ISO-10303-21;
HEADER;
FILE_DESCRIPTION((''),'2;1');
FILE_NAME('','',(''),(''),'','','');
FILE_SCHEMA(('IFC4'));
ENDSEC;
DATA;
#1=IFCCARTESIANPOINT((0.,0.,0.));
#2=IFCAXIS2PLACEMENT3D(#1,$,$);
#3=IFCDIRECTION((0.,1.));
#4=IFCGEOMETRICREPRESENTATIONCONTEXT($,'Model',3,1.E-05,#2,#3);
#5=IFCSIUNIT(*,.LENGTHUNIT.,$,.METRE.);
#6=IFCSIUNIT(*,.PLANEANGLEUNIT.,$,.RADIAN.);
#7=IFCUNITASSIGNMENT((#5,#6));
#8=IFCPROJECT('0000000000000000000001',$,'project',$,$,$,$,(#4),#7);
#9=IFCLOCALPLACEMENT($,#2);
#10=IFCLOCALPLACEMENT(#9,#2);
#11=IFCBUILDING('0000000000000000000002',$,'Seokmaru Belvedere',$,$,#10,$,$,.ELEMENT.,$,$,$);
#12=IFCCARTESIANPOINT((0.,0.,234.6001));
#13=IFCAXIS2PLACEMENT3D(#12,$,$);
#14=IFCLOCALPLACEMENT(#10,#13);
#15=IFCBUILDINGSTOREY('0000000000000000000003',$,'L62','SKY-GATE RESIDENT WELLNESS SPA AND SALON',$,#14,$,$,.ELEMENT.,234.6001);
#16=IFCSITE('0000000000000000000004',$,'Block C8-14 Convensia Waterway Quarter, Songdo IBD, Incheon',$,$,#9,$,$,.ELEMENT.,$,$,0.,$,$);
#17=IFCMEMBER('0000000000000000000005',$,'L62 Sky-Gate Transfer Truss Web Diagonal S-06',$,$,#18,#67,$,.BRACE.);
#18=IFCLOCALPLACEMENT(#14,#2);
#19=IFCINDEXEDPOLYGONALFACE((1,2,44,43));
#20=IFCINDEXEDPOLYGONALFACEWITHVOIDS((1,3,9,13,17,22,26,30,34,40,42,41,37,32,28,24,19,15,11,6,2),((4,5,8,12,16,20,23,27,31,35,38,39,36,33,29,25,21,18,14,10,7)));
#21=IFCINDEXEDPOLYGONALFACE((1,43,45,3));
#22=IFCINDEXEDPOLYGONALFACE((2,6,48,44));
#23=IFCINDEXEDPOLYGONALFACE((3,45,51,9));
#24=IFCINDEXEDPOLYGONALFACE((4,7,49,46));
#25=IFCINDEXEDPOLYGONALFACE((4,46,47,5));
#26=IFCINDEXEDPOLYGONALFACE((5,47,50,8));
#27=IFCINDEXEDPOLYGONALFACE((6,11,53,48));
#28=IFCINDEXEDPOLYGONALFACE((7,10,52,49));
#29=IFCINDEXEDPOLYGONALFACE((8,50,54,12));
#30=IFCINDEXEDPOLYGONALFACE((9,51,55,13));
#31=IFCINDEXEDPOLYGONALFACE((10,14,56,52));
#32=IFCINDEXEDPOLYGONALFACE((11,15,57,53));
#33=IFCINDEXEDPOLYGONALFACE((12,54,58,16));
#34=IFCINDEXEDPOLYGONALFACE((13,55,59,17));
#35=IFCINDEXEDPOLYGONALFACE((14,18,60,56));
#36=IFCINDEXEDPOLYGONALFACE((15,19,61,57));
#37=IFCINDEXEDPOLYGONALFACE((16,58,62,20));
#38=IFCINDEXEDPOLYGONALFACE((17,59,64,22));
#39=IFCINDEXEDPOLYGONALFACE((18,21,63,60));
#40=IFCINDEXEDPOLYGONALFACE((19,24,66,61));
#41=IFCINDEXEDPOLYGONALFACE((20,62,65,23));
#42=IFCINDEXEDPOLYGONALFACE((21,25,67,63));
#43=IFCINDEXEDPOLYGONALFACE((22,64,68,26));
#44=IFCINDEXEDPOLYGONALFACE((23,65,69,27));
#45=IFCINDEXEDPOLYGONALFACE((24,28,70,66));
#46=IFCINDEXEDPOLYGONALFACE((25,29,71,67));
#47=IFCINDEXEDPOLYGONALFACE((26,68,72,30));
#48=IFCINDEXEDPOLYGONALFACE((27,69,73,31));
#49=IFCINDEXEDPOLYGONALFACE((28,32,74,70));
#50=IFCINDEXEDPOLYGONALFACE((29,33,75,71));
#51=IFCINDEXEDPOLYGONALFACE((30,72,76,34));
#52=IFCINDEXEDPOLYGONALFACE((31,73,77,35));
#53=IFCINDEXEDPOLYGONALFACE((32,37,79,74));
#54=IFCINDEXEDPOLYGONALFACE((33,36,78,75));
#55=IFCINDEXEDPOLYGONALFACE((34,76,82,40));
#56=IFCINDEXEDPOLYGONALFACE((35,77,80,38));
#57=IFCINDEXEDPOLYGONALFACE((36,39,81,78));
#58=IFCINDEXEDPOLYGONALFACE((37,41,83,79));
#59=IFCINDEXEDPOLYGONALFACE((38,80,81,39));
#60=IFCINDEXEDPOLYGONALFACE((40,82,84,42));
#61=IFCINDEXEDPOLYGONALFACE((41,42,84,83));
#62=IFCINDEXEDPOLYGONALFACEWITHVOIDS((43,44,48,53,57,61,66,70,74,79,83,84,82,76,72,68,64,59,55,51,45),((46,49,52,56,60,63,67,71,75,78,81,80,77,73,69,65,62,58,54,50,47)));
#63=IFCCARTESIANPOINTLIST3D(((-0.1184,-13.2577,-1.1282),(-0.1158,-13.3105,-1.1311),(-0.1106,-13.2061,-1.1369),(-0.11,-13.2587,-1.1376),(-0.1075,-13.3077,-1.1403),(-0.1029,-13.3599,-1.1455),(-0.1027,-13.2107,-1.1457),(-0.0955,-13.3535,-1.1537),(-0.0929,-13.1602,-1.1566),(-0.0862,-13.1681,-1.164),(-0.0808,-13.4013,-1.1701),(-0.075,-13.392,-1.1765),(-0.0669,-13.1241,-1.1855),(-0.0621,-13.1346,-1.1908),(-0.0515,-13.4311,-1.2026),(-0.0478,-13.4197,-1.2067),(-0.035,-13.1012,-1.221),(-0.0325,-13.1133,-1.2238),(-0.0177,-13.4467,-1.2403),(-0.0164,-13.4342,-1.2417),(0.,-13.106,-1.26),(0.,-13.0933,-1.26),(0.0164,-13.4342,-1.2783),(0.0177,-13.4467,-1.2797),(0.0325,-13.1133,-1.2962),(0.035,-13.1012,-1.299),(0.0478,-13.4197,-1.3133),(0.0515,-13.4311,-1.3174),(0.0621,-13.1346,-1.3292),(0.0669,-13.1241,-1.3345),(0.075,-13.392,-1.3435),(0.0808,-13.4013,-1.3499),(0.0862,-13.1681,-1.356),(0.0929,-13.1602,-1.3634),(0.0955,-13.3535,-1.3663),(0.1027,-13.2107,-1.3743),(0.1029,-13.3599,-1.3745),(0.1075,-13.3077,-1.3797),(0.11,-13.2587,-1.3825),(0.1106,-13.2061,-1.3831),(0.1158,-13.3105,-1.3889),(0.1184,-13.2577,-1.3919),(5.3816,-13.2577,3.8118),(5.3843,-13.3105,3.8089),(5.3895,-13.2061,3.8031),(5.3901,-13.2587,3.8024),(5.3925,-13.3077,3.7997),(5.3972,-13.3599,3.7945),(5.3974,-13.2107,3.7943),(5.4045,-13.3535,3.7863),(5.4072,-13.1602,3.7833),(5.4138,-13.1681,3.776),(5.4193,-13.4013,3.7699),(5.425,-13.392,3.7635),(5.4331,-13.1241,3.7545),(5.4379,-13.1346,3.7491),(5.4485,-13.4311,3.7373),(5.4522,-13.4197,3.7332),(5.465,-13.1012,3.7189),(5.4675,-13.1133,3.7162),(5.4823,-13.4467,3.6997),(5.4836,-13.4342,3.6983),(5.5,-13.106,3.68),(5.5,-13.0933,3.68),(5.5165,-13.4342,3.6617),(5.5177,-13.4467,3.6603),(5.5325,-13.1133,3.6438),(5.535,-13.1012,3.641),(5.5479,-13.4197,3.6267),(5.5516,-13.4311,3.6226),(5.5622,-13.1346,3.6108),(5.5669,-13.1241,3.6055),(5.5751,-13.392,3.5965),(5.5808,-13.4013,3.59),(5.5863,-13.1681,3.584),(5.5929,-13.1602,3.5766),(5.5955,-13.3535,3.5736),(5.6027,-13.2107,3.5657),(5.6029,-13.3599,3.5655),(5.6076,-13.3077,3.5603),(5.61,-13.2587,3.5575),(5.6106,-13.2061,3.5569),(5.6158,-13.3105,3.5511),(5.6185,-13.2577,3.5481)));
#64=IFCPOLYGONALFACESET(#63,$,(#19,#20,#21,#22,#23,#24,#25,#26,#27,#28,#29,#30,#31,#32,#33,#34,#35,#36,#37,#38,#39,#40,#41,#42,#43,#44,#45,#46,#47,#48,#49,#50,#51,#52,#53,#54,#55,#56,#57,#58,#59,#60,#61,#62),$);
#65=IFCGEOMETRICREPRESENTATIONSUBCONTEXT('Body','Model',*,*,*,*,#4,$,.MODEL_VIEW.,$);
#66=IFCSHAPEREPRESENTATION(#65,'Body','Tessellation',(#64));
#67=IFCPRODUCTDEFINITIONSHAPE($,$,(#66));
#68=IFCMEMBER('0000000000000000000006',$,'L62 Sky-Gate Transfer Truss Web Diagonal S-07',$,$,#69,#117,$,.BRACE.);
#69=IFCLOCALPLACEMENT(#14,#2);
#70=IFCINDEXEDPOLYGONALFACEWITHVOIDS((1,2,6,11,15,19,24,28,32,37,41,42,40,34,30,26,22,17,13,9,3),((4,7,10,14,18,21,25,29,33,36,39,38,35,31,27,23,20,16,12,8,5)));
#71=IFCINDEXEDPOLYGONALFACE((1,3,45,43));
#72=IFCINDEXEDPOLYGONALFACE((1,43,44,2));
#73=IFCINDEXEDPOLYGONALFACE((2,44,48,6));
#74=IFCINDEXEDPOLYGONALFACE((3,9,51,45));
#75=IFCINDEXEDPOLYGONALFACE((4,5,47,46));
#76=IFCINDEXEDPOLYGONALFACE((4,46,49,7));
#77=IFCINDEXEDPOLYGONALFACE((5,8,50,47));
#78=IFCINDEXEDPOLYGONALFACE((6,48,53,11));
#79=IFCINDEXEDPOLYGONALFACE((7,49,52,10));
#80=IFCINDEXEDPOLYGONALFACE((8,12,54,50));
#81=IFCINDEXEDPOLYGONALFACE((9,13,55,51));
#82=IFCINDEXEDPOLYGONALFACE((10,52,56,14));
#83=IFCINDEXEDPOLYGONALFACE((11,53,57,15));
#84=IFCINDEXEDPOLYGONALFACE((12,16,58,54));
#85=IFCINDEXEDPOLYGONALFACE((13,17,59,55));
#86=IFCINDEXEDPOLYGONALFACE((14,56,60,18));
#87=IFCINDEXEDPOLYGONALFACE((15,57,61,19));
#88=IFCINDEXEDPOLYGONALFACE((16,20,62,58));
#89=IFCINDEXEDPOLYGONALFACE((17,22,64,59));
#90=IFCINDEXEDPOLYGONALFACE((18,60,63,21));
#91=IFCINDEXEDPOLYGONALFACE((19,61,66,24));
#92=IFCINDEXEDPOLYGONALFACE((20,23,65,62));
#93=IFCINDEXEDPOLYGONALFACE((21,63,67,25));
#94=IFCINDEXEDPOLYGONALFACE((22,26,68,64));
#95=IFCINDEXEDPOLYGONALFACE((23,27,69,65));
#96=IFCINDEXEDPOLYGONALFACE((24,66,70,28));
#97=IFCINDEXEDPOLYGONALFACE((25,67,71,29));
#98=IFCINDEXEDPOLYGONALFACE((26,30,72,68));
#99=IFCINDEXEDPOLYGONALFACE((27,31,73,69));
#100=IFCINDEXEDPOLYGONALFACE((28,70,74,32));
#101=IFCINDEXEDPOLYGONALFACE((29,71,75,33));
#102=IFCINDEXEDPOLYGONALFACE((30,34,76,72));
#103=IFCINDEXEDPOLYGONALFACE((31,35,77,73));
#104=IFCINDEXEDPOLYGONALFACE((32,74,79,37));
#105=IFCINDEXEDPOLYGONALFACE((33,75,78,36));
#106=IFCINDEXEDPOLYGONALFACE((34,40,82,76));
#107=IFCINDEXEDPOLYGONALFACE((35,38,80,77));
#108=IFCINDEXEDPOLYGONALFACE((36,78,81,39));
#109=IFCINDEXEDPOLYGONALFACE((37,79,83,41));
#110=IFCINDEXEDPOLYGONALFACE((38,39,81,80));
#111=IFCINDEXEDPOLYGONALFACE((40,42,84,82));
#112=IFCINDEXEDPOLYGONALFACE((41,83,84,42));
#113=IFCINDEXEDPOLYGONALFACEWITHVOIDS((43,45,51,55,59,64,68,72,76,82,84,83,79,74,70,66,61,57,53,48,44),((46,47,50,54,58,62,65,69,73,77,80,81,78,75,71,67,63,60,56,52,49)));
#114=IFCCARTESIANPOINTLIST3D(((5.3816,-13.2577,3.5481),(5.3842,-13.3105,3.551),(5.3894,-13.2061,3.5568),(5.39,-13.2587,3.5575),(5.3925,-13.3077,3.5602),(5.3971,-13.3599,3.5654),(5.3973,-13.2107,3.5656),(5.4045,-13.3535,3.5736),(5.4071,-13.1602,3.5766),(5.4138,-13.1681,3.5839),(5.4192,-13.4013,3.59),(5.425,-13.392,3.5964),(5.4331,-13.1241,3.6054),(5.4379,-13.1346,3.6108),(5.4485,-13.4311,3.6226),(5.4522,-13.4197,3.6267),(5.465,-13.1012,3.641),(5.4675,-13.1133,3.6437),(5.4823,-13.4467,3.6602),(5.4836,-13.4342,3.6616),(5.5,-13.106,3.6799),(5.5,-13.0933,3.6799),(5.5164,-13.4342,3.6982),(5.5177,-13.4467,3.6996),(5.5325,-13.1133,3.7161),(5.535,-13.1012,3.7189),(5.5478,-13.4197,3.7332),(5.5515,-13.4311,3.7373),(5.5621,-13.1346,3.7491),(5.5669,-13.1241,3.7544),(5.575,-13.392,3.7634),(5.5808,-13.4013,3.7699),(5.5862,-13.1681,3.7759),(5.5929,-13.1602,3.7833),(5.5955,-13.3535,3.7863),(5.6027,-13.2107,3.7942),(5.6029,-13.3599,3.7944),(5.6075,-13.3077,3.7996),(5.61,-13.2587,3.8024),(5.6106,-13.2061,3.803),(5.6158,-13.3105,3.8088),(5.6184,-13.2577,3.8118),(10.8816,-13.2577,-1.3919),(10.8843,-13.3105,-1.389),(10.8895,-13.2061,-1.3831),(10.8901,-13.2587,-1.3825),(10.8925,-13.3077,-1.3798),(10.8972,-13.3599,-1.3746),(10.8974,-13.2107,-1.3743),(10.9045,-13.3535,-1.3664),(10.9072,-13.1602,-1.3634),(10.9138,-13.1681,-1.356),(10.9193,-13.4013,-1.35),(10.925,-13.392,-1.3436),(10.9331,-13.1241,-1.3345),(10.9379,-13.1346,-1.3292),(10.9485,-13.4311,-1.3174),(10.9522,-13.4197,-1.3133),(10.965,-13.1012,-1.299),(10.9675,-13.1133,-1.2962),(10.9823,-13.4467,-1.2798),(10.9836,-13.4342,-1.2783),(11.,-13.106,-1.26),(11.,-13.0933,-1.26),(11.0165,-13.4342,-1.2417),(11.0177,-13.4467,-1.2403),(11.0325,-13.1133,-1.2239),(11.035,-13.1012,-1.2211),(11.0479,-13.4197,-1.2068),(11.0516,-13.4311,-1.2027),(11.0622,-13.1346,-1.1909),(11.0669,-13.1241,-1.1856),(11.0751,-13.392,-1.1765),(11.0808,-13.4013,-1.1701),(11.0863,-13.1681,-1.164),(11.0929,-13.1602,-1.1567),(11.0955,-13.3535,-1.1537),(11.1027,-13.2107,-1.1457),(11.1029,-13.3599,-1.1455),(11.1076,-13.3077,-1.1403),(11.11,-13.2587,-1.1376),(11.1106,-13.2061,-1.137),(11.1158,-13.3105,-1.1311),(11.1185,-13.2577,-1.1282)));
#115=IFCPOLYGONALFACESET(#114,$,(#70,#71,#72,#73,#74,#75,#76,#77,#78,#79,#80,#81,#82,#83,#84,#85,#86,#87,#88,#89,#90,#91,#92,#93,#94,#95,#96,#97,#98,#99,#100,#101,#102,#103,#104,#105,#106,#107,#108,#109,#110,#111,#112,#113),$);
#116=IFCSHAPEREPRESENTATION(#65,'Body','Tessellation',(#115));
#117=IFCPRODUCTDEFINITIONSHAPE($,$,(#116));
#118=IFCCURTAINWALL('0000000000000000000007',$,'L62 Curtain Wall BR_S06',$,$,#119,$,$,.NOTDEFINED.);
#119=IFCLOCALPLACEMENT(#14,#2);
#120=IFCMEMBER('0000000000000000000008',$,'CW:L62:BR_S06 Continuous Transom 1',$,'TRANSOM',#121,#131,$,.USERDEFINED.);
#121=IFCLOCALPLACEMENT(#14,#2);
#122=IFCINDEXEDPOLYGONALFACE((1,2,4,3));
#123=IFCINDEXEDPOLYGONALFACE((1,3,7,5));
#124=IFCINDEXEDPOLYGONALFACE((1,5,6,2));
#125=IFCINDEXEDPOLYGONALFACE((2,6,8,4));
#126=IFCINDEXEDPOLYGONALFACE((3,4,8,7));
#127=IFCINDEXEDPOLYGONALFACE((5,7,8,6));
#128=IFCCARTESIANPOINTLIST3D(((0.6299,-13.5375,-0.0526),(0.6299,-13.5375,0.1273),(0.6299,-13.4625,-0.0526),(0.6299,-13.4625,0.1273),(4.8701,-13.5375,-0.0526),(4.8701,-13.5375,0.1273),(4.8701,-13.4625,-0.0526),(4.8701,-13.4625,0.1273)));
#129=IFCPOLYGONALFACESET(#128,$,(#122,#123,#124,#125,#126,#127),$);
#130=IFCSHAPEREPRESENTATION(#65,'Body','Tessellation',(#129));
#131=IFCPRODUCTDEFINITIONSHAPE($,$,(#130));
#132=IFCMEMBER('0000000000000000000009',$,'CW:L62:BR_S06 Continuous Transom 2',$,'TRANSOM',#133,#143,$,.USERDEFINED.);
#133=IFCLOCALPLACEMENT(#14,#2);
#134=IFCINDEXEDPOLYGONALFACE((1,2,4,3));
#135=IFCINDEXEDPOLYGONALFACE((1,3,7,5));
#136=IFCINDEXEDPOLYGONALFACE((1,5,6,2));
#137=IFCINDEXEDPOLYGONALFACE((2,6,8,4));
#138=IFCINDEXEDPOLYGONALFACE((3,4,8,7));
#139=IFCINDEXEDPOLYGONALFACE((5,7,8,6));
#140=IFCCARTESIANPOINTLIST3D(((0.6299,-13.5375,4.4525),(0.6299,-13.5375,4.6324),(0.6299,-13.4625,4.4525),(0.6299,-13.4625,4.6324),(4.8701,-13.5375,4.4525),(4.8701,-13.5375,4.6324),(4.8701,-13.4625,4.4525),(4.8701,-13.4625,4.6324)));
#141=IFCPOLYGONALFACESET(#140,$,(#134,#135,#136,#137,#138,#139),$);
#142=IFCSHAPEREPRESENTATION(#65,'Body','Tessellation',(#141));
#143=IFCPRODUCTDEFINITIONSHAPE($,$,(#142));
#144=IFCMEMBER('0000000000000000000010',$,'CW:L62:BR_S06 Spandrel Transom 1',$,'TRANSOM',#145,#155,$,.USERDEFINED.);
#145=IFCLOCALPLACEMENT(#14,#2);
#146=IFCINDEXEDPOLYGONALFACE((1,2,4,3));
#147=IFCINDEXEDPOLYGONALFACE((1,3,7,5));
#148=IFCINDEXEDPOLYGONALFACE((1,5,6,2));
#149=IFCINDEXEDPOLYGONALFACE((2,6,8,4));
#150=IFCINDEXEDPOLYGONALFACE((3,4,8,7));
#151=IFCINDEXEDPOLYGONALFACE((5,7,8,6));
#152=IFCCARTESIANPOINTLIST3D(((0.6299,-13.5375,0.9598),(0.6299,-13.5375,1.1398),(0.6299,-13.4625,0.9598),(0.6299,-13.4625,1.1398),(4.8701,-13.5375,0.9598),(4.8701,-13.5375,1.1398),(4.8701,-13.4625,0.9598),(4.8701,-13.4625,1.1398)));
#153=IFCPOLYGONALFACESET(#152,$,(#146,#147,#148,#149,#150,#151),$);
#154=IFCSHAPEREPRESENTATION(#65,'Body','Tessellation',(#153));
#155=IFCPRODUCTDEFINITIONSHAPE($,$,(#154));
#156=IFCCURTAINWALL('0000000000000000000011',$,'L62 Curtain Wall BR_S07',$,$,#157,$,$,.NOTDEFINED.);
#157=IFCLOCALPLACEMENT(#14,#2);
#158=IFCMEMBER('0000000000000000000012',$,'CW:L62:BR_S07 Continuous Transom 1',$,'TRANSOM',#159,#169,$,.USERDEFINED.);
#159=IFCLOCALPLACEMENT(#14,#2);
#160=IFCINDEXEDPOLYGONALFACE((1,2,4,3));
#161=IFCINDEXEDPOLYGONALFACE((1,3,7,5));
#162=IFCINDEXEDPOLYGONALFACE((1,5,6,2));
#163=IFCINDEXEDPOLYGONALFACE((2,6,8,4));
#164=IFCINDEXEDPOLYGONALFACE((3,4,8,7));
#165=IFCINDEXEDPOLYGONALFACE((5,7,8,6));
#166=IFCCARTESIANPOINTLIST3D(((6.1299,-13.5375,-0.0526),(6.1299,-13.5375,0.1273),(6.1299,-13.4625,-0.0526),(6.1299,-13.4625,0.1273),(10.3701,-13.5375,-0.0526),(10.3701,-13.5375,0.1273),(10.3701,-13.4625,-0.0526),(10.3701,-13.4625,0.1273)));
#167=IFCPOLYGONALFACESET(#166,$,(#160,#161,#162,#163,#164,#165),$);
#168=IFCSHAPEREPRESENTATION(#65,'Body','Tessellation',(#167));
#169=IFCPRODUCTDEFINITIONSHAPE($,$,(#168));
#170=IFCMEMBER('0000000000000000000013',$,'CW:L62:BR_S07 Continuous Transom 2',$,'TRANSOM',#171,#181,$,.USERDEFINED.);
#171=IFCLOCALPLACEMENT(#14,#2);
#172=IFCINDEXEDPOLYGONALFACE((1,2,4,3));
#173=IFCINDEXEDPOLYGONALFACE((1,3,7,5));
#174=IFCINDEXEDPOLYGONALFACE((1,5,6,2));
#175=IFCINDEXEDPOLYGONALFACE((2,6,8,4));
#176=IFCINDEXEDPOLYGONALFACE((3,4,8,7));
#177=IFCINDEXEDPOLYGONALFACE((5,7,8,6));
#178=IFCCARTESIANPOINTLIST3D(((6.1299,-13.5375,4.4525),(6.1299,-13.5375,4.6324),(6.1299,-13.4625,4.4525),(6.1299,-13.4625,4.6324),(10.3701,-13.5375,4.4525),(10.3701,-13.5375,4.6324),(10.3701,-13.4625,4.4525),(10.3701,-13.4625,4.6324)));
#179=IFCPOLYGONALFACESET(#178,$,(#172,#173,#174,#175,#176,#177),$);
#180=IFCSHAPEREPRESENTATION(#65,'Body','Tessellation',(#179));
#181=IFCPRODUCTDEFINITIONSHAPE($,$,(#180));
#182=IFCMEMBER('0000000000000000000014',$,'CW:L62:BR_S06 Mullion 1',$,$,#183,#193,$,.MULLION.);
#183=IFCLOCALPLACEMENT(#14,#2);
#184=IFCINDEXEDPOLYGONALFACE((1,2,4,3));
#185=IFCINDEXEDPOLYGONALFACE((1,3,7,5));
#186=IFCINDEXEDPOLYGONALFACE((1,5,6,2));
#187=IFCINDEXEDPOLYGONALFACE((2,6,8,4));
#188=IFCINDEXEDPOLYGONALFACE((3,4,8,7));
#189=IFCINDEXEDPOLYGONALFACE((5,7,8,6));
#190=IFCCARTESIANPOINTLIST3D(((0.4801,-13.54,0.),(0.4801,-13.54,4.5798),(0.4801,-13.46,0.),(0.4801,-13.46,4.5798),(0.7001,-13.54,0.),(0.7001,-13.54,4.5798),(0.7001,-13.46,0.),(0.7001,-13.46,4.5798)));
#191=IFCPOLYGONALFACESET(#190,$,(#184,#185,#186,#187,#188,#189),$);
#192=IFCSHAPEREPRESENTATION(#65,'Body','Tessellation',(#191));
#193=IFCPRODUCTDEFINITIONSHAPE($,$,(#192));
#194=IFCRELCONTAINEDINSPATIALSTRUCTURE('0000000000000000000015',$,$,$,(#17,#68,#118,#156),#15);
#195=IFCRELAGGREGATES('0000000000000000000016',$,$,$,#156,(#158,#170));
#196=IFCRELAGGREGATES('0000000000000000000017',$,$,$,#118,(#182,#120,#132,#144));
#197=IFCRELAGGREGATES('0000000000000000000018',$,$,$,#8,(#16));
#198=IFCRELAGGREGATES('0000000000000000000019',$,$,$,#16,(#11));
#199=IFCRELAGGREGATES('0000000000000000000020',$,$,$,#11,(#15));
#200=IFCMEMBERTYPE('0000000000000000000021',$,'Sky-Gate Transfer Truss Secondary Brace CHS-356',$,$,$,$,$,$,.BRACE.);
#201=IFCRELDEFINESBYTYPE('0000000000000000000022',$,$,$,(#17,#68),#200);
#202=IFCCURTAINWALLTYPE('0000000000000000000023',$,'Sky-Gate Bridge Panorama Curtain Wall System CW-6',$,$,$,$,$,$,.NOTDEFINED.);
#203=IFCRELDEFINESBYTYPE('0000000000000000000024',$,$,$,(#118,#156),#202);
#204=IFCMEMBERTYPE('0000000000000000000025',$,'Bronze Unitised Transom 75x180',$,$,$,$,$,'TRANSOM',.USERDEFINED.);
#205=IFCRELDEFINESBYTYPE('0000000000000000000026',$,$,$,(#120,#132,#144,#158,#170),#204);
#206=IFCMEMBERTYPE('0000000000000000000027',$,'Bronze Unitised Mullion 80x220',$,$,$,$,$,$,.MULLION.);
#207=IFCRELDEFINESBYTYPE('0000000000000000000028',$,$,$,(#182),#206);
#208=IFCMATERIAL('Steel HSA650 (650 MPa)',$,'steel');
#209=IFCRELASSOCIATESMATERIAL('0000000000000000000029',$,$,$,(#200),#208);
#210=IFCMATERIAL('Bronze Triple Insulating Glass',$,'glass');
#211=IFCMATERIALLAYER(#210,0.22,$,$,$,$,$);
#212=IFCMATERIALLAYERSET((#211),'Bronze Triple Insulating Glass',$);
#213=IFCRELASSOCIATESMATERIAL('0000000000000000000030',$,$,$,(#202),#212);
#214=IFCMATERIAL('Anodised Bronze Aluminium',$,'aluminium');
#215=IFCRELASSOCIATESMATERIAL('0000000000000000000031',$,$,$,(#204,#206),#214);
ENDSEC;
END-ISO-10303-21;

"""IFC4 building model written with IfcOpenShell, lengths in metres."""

from ifc_helpers import new_model, si_unit, direction, frame, origin, origin_2d, place, context, subcontext, project, spatial, rectangle, hollow_circle, extrude, source, transform, mapped, material, layer, layer_set, material_profile, profile_set, type_object, type_shapes, element, aggregate, save


model = new_model("IFC4")

# Units and contexts
model_context = context("Model", 3, precision=1e-05, world=origin(), true_north=direction((0.0, 1.0)))
body_context = subcontext(model_context, "Body", "Model", "MODEL_VIEW")
ifc_project = project(units=[si_unit("LENGTHUNIT", "METRE"), si_unit("PLANEANGLEUNIT", "RADIAN")], contexts=[model_context])

# Site, building, storey
site_placement = place(None, origin())
site = spatial("IfcSite", under=ifc_project, at=site_placement, Name="Block C8-14 Convensia Waterway Quarter, Songdo IBD, Incheon", CompositionType="ELEMENT", RefElevation=0.0)
building_placement = place(site_placement, origin())
building = spatial("IfcBuilding", under=site, at=building_placement, Name="Seokmaru Belvedere", CompositionType="ELEMENT")
storey_placement = place(building_placement, frame((0.0, 0.0, 234.6001)))
storey = spatial("IfcBuildingStorey", under=building, at=storey_placement, Name="L62", Description="SKY-GATE RESIDENT WELLNESS SPA AND SALON", CompositionType="ELEMENT", Elevation=234.6001)

# Shared definitions
ifc_material_1 = material(Name="Steel HSA650 (650 MPa)", Category="steel")

# Members
ifc_material_profile_1 = material_profile(ifc_material_1, hollow_circle(Radius=0.1777, WallThickness=0.0127, at=origin_2d()), Name="CHS-355.6x12.7")
ifc_profile_set_1 = profile_set([ifc_material_profile_1], Name="Steel HSA650 (650 MPa)")
member_type_1 = type_object("IfcMemberType", Name="Sky-Gate Transfer Truss Secondary Brace CHS-356", PredefinedType="BRACE", material=ifc_profile_set_1)
shared_shape_1 = source(origin(), body_context, "Body", "SweptSolid", [
    extrude(hollow_circle(Radius=0.1777, WallThickness=0.0127, at=origin_2d()), origin(), (0.0, 0.0, 1.0), 7.3928),
])
type_shapes(member_type_1, [shared_shape_1])
for number, where, z_axis, x_axis, name in (
    (1, (0.0, -13.271, -1.26), (0.74397, 0.0, 0.668213), (0.0, 1.0, 0.0), "L62 Sky-Gate Transfer Truss Web Diagonal S-06"),
    (2, (5.5, -13.271, 3.6799), (0.74397, 0.0, -0.668213), (0.0, 1.0, 0.0), "L62 Sky-Gate Transfer Truss Web Diagonal S-07"),
):
    element("IfcMember", number, at=place(storey_placement, frame(where, z_axis=z_axis, x_axis=x_axis)), inside=storey, type_object=member_type_1, Name=name, PredefinedType="BRACE", context=body_context, shape_type="MappedRepresentation", body=[
        mapped(shared_shape_1, transform((0.0, 0.0, 0.0), scale=1.0)),
    ])

# Curtain walls, members
ifc_material_2 = material(Name="Bronze Triple Insulating Glass", Category="glass")
ifc_layer_1 = layer(ifc_material_2, 0.22)
ifc_layer_set_1 = layer_set([ifc_layer_1], Name="Bronze Triple Insulating Glass")
curtain_wall_type = type_object("IfcCurtainWallType", Name="Sky-Gate Bridge Panorama Curtain Wall System CW-6", PredefinedType="NOTDEFINED", material=ifc_layer_set_1)
curtain_wall_1_placement = place(storey_placement, origin())
curtain_wall_1 = element("IfcCurtainWall", 3, at=curtain_wall_1_placement, inside=storey, type_object=curtain_wall_type, Name="L62 Curtain Wall BR_S06", PredefinedType="NOTDEFINED")
ifc_material_3 = material(Name="Anodised Bronze Aluminium", Category="aluminium")
ifc_material_profile_2 = material_profile(ifc_material_3, rectangle(XDim=0.075, YDim=0.1799, at=origin_2d()), Name="CW-T-75x180")
ifc_profile_set_2 = profile_set([ifc_material_profile_2], Name="Anodised Bronze Aluminium")
member_type_2 = type_object("IfcMemberType", Name="Bronze Unitised Transom 75x180", ElementType="TRANSOM", PredefinedType="USERDEFINED", material=ifc_profile_set_2)
shared_shape_2 = source(origin(), body_context, "Body", "SweptSolid", [
    extrude(rectangle(XDim=0.075, YDim=0.1799, at=origin_2d()), origin(), (0.0, 0.0, 1.0), 4.2402),
])
type_shapes(member_type_2, [shared_shape_2])
member_1_placement = place(storey_placement, frame((0.6299, -13.5, 0.0374), z_axis=(1.0, 0.0, 0.0), x_axis=(0.0, 1.0, 0.0)))
member_1 = element("IfcMember", 4, at=member_1_placement, type_object=member_type_2, Name="CW:L62:BR_S06 Continuous Transom 1", ObjectType="TRANSOM", PredefinedType="USERDEFINED", context=body_context, shape_type="MappedRepresentation", body=[
    mapped(shared_shape_2, transform((0.0, 0.0, 0.0), scale=1.0)),
])
member_2_placement = place(storey_placement, frame((0.6299, -13.5, 4.5425), z_axis=(1.0, 0.0, 0.0), x_axis=(0.0, 1.0, 0.0)))
member_2 = element("IfcMember", 5, at=member_2_placement, type_object=member_type_2, Name="CW:L62:BR_S06 Continuous Transom 2", ObjectType="TRANSOM", PredefinedType="USERDEFINED", context=body_context, shape_type="MappedRepresentation", body=[
    mapped(shared_shape_2, transform((0.0, 0.0, 0.0), scale=1.0)),
])
member_3_placement = place(storey_placement, frame((0.6299, -13.5, 1.0498), z_axis=(1.0, 0.0, 0.0), x_axis=(0.0, 1.0, 0.0)))
member_3 = element("IfcMember", 6, at=member_3_placement, type_object=member_type_2, Name="CW:L62:BR_S06 Spandrel Transom 1", ObjectType="TRANSOM", PredefinedType="USERDEFINED", context=body_context, shape_type="MappedRepresentation", body=[
    mapped(shared_shape_2, transform((0.0, 0.0, 0.0), scale=1.0)),
])
curtain_wall_2_placement = place(storey_placement, origin())
curtain_wall_2 = element("IfcCurtainWall", 7, at=curtain_wall_2_placement, inside=storey, type_object=curtain_wall_type, Name="L62 Curtain Wall BR_S07", PredefinedType="NOTDEFINED")
member_4_placement = place(storey_placement, frame((6.1299, -13.5, 0.0374), z_axis=(1.0, 0.0, 0.0), x_axis=(0.0, 1.0, 0.0)))
member_4 = element("IfcMember", 8, at=member_4_placement, type_object=member_type_2, Name="CW:L62:BR_S07 Continuous Transom 1", ObjectType="TRANSOM", PredefinedType="USERDEFINED", context=body_context, shape_type="MappedRepresentation", body=[
    mapped(shared_shape_2, transform((0.0, 0.0, 0.0), scale=1.0)),
])
member_5_placement = place(storey_placement, frame((6.1299, -13.5, 4.5425), z_axis=(1.0, 0.0, 0.0), x_axis=(0.0, 1.0, 0.0)))
member_5 = element("IfcMember", 9, at=member_5_placement, type_object=member_type_2, Name="CW:L62:BR_S07 Continuous Transom 2", ObjectType="TRANSOM", PredefinedType="USERDEFINED", context=body_context, shape_type="MappedRepresentation", body=[
    mapped(shared_shape_2, transform((0.0, 0.0, 0.0), scale=1.0)),
])

# Member
ifc_material_profile_3 = material_profile(ifc_material_3, rectangle(XDim=0.0801, YDim=0.22, at=origin_2d()), Name="CW-M-80x220")
ifc_profile_set_3 = profile_set([ifc_material_profile_3], Name="Anodised Bronze Aluminium")
member_type_3 = type_object("IfcMemberType", Name="Bronze Unitised Mullion 80x220", PredefinedType="MULLION", material=ifc_profile_set_3)
shared_shape_3 = source(origin(), body_context, "Body", "SweptSolid", [
    extrude(rectangle(XDim=0.0801, YDim=0.22, at=origin_2d()), origin(), (0.0, 0.0, 1.0), 4.5798),
])
type_shapes(member_type_3, [shared_shape_3])
member_6_placement = place(storey_placement, frame((0.5901, -13.5, 0.0), z_axis=(0.0, 0.0, 1.0), x_axis=(0.0, 1.0, 0.0)))
member_6 = element("IfcMember", 10, at=member_6_placement, type_object=member_type_3, Name="CW:L62:BR_S06 Mullion 1", PredefinedType="MULLION", context=body_context, shape_type="MappedRepresentation", body=[
    mapped(shared_shape_3, transform((0.0, 0.0, 0.0), scale=1.0)),
])
aggregate(curtain_wall_2, [member_4, member_5])

aggregate(curtain_wall_1, [member_6, member_1, member_2, member_3])

save(model, "model.ifc")
